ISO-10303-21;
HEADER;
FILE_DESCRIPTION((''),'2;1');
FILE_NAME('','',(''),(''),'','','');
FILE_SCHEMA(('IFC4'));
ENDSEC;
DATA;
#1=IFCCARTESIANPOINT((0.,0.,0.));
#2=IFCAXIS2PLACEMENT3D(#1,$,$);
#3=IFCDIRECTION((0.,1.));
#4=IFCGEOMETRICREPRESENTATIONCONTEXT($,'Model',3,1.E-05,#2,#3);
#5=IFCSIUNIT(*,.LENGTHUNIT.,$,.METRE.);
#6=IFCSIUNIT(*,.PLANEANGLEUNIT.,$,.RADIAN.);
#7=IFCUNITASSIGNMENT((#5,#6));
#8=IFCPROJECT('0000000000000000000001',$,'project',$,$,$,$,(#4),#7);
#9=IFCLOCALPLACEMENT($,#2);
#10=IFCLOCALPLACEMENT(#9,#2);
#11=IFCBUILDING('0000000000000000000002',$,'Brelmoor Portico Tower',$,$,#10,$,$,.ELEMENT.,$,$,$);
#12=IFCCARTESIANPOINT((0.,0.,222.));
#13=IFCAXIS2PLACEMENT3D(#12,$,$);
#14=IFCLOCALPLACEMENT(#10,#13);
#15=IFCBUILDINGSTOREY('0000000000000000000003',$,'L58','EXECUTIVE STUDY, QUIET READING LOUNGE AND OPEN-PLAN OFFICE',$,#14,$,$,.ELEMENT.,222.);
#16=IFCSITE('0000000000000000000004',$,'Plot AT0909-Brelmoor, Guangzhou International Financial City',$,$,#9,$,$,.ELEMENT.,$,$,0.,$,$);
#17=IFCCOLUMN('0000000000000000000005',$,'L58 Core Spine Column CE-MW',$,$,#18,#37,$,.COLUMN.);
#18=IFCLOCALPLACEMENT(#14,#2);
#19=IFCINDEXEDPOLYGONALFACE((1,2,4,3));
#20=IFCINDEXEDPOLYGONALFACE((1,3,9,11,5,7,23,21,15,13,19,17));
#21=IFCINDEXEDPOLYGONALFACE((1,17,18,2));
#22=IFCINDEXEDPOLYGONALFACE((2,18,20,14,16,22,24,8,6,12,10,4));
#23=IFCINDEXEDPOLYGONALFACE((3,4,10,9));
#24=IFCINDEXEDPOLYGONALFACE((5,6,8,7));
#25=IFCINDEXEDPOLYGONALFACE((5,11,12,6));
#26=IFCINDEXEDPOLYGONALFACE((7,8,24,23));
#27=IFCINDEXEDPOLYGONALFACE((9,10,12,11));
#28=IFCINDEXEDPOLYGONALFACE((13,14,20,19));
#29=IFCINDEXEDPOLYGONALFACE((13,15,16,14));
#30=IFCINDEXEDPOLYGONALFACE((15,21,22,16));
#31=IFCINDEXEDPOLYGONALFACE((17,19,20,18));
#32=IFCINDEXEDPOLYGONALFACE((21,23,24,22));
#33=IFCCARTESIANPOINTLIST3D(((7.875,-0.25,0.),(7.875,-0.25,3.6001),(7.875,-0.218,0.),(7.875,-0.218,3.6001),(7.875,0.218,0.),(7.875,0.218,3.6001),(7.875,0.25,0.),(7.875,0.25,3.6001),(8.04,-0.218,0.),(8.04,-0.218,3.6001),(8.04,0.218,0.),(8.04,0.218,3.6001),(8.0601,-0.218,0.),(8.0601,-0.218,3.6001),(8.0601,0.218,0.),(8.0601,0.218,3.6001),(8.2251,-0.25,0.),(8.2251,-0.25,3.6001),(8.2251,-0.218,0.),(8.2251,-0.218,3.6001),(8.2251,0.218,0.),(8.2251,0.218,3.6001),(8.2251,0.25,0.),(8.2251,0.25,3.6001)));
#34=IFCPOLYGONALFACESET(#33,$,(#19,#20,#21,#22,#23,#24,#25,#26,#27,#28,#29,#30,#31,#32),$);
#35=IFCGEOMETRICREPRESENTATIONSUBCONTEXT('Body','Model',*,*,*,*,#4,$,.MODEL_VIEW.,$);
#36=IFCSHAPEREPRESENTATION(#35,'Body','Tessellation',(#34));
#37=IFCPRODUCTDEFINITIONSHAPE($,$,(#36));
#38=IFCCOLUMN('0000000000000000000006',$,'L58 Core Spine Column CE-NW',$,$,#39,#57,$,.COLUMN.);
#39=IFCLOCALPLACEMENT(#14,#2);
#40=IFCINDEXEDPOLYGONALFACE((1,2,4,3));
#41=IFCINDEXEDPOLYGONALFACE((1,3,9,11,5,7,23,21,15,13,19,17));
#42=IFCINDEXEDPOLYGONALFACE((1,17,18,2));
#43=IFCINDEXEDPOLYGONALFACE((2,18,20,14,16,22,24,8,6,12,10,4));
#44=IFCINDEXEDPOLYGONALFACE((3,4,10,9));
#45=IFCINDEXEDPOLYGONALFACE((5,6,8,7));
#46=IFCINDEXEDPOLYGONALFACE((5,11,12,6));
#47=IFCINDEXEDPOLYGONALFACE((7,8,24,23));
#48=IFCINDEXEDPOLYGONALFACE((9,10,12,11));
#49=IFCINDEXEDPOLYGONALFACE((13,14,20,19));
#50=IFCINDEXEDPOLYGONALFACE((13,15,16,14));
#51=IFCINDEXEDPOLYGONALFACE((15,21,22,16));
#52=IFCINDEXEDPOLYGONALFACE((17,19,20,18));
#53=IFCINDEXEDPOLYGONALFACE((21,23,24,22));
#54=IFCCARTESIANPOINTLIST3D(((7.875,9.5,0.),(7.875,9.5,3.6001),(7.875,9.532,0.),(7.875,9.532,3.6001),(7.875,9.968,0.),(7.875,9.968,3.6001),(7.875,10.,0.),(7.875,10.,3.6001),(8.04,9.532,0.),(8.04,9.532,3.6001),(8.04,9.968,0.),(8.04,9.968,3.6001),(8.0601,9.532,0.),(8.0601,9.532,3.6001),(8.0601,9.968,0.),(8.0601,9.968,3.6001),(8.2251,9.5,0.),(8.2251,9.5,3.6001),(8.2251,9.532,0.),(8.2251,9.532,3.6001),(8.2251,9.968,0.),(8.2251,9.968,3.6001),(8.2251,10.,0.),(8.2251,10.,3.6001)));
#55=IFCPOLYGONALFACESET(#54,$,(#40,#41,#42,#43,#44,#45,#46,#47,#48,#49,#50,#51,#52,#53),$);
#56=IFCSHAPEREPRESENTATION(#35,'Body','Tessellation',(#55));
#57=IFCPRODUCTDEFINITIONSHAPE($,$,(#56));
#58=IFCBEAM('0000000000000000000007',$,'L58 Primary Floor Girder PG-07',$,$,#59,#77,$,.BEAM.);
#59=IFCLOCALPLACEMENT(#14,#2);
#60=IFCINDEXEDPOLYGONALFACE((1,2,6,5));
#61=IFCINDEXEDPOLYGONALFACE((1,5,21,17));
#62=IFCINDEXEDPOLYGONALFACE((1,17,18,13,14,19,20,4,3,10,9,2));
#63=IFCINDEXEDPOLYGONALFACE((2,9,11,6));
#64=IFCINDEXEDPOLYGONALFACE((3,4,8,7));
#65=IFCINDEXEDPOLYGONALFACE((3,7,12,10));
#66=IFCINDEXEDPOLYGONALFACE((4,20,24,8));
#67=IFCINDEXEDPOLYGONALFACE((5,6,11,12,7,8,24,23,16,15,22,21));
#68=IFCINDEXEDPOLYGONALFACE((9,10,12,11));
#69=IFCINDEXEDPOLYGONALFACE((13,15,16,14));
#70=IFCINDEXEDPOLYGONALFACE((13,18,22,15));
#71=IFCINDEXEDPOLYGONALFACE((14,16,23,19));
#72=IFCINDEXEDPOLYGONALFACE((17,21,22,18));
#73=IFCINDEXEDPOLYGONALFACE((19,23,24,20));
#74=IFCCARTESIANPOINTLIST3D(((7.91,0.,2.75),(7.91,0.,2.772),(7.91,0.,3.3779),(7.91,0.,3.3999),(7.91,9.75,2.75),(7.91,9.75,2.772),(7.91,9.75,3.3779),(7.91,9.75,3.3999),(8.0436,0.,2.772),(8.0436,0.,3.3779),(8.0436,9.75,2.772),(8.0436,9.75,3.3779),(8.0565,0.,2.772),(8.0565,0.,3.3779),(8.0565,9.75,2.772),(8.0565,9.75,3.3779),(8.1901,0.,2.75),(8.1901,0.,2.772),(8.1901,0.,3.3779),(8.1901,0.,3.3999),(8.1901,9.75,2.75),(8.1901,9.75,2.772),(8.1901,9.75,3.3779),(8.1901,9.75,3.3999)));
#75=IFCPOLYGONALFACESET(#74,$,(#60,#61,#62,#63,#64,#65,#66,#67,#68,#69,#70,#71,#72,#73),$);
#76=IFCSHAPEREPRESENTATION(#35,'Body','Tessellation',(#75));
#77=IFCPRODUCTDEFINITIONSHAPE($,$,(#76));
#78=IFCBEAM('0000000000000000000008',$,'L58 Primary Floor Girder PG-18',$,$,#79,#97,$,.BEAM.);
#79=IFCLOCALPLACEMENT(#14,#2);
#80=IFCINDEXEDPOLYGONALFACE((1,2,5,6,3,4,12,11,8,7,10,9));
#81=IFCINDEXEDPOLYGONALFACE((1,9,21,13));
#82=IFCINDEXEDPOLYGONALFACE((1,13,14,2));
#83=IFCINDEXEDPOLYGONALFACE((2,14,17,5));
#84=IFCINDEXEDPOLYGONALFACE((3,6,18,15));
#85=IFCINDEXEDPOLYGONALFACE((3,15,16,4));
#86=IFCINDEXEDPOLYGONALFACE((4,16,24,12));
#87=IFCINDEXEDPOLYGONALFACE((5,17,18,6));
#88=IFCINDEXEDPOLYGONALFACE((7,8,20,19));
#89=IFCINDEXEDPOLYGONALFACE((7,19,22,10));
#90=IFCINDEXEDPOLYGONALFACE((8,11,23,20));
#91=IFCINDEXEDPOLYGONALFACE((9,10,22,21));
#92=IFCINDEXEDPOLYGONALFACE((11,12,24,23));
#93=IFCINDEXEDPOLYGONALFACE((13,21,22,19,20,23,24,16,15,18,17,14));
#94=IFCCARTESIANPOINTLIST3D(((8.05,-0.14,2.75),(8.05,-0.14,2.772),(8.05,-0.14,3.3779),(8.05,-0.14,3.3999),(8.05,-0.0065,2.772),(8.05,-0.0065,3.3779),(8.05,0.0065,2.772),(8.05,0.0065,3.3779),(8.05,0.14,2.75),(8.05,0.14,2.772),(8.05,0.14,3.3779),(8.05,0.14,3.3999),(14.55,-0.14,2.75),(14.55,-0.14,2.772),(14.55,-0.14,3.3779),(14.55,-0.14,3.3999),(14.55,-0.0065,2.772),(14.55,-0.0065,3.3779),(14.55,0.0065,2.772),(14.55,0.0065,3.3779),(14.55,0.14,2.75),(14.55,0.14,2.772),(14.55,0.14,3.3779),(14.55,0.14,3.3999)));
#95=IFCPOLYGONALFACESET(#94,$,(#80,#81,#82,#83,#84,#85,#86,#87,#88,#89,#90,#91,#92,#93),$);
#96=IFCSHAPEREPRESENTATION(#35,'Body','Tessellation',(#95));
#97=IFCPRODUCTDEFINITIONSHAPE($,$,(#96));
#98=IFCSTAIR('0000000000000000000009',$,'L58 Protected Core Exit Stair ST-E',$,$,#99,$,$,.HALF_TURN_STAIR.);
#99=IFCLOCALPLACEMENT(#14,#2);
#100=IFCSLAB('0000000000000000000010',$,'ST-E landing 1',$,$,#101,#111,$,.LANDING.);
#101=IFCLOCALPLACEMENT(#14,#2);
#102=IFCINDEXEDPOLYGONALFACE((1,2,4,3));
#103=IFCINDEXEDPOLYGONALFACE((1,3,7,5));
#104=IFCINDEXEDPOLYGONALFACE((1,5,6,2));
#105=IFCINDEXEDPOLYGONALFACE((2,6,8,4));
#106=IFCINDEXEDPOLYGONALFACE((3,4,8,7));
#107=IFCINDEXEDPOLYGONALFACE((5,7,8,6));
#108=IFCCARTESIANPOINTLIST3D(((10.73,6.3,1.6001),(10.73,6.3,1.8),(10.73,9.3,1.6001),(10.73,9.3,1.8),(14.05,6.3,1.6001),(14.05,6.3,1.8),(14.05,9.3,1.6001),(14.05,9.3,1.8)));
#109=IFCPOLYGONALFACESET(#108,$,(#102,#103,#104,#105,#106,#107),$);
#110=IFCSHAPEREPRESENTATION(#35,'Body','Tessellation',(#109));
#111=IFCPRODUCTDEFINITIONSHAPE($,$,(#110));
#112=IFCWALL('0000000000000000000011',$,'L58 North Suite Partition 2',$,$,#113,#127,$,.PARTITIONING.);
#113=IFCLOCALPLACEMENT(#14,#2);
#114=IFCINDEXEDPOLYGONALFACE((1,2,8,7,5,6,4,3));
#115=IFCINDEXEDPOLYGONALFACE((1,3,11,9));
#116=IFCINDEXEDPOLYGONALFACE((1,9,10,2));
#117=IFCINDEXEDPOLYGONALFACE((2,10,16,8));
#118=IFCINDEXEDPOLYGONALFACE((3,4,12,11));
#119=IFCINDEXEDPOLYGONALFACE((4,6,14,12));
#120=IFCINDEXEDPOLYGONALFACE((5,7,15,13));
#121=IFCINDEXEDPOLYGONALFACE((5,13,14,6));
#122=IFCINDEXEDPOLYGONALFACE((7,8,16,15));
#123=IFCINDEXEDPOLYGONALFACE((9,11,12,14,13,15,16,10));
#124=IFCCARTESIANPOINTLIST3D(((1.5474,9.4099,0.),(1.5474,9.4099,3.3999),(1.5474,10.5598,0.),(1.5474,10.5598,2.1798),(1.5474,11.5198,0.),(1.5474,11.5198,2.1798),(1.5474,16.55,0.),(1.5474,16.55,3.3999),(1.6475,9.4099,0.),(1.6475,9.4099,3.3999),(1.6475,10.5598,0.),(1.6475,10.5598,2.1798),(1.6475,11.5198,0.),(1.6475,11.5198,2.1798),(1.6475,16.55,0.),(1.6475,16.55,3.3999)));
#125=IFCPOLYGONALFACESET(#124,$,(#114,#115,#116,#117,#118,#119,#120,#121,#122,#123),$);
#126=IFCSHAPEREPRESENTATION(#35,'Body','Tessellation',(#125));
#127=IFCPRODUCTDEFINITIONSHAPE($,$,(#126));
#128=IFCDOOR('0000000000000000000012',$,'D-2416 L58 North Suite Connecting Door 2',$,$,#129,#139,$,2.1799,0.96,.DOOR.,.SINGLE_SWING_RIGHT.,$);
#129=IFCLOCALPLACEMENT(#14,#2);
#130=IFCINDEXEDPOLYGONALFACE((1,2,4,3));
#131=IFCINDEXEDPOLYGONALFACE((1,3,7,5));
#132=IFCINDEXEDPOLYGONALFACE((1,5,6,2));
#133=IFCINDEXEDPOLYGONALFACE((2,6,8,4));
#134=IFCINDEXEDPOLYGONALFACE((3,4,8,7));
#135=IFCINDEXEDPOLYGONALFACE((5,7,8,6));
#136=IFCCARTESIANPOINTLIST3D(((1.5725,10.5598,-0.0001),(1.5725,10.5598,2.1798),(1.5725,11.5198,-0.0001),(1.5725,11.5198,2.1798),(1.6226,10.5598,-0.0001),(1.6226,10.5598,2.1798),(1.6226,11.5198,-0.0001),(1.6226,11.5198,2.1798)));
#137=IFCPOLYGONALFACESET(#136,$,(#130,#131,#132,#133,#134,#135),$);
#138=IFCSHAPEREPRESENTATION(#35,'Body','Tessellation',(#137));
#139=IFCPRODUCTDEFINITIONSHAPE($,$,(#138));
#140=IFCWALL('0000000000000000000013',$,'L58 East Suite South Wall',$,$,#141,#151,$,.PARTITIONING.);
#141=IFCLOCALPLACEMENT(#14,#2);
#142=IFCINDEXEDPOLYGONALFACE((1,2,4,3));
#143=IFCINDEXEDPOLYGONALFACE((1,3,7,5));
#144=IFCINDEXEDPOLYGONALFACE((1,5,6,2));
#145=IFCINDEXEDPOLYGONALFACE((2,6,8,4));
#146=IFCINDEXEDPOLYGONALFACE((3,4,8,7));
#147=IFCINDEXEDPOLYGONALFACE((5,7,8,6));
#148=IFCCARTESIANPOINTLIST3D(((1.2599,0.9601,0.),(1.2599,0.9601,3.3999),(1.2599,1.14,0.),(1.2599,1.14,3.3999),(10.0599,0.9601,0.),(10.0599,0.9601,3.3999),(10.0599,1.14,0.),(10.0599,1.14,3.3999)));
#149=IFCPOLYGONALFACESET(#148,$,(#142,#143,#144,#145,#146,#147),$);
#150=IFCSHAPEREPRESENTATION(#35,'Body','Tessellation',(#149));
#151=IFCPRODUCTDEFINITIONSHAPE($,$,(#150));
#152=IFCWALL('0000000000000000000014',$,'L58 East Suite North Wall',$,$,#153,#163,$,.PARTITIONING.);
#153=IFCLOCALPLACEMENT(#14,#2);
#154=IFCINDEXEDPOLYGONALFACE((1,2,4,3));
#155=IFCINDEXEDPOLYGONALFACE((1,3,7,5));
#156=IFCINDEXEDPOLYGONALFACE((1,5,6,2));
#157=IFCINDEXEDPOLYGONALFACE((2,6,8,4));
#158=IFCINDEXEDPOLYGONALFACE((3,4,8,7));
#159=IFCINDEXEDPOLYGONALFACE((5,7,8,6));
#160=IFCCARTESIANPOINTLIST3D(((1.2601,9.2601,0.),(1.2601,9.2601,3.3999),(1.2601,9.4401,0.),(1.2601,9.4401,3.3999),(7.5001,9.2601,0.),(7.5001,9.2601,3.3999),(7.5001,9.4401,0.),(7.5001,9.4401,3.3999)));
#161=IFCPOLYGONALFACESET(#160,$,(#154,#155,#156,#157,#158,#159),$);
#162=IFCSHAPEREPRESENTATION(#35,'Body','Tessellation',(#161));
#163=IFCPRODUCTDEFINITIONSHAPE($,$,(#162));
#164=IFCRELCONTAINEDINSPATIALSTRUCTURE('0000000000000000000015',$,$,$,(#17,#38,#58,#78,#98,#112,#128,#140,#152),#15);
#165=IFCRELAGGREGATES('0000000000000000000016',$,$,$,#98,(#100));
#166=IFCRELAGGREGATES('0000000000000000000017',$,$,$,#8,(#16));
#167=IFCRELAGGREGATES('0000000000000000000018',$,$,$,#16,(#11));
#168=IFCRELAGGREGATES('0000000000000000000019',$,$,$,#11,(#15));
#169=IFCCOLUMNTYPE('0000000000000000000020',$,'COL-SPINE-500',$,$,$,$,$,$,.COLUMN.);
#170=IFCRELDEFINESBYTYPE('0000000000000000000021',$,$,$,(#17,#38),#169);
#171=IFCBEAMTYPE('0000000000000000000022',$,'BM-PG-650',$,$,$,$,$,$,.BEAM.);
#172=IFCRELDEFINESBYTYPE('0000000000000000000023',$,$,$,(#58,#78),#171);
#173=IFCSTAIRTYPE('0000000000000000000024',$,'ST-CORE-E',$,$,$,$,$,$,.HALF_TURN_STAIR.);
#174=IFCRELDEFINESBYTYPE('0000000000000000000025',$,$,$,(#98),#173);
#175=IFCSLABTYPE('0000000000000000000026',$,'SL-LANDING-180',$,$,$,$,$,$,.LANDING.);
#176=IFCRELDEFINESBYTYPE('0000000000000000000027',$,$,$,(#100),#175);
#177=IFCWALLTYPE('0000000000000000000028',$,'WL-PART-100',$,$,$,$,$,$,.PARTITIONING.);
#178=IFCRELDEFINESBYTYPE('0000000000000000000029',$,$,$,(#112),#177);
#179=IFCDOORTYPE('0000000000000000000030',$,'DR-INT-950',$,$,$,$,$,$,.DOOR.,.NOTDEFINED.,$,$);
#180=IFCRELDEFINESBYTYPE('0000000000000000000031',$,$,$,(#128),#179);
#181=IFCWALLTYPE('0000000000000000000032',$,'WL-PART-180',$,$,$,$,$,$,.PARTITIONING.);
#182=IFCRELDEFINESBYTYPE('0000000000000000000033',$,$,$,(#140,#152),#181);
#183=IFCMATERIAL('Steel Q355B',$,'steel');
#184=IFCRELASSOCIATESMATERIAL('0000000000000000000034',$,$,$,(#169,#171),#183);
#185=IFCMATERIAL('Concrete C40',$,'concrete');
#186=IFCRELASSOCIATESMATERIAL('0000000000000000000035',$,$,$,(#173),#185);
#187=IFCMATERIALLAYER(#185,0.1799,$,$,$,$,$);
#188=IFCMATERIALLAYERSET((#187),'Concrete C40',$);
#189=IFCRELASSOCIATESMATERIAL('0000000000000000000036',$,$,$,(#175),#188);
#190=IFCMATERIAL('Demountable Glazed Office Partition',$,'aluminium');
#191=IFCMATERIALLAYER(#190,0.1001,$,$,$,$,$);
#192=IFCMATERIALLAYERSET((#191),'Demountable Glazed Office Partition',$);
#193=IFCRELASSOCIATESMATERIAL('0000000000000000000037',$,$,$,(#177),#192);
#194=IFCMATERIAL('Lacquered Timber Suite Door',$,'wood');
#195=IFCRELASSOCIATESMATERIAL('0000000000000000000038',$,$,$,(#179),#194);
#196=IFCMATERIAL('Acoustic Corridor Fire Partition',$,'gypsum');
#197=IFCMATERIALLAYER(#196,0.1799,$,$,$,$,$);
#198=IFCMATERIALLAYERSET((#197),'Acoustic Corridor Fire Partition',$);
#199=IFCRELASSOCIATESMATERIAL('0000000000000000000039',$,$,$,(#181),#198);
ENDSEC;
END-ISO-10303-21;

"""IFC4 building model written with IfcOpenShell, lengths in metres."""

from ifc_helpers import new_model, si_unit, direction, frame, frame_2d, origin, origin_2d, place, context, subcontext, project, spatial, polyline, rectangle, i_section, outline, extrude, material, layer, layer_set, material_profile, profile_set, type_object, element, fill, aggregate, save


model = new_model("IFC4")

# Units and contexts
model_context = context("Model", 3, precision=1e-05, world=origin(), true_north=direction((0.0, 1.0)))
body_context = subcontext(model_context, "Body", "Model", "MODEL_VIEW")
ifc_project = project(units=[si_unit("LENGTHUNIT", "METRE"), si_unit("PLANEANGLEUNIT", "RADIAN")], contexts=[model_context])

# Site, building, storey
site_placement = place(None, origin())
site = spatial("IfcSite", under=ifc_project, at=site_placement, Name="Plot AT0909-Brelmoor, Guangzhou International Financial City", CompositionType="ELEMENT", RefElevation=0.0)
building_placement = place(site_placement, origin())
building = spatial("IfcBuilding", under=site, at=building_placement, Name="Brelmoor Portico Tower", CompositionType="ELEMENT")
storey_placement = place(building_placement, frame((0.0, 0.0, 222.0)))
storey = spatial("IfcBuildingStorey", under=building, at=storey_placement, Name="L58", Description="EXECUTIVE STUDY, QUIET READING LOUNGE AND OPEN-PLAN OFFICE", CompositionType="ELEMENT", Elevation=222.0)

# Columns
ifc_material_1 = material(Name="Steel Q355B", Category="steel")
ifc_material_profile_1 = material_profile(ifc_material_1, i_section(OverallWidth=0.3501, OverallDepth=0.5, WebThickness=0.02, FlangeThickness=0.032, at=origin_2d()), Name="HW 500x350x20x32")
ifc_profile_set_1 = profile_set([ifc_material_profile_1], Name="Steel Q355B")
column_type = type_object("IfcColumnType", Name="COL-SPINE-500", PredefinedType="COLUMN", material=ifc_profile_set_1)
for number, where, z_axis, x_axis, name in (
    (1, (8.05, 0.0, 0.0), (0.0, 0.0, 1.0), (1.0, 0.0, 0.0), "L58 Core Spine Column CE-MW"),
    (2, (8.05, 9.75, 0.0), (0.0, 0.0, 1.0), (1.0, 0.0, 0.0), "L58 Core Spine Column CE-NW"),
):
    element("IfcColumn", number, at=place(storey_placement, frame(where, z_axis=z_axis, x_axis=x_axis)), inside=storey, type_object=column_type, Name=name, PredefinedType="COLUMN", context=body_context, shape_type="SweptSolid", body=[
        extrude(i_section(OverallWidth=0.3501, OverallDepth=0.5, WebThickness=0.02, FlangeThickness=0.032, at=origin_2d()), origin(), (0.0, 0.0, 1.0), 3.6001),
    ])

# Beams
ifc_material_profile_2 = material_profile(ifc_material_1, i_section(OverallWidth=0.28, OverallDepth=0.6499, WebThickness=0.0129, FlangeThickness=0.022, at=origin_2d()), Name="HN 650x280x13x22")
ifc_profile_set_2 = profile_set([ifc_material_profile_2], Name="Steel Q355B")
beam_type = type_object("IfcBeamType", Name="BM-PG-650", PredefinedType="BEAM", material=ifc_profile_set_2)
beam_1_placement = place(storey_placement, frame((8.05, 0.0, 3.075), z_axis=(0.0, 1.0, 0.0), x_axis=(-1.0, 0.0, 0.0)))
element("IfcBeam", 3, at=beam_1_placement, inside=storey, type_object=beam_type, Name="L58 Primary Floor Girder PG-07", PredefinedType="BEAM", context=body_context, shape_type="SweptSolid", body=[
    extrude(i_section(OverallWidth=0.28, OverallDepth=0.6499, WebThickness=0.0129, FlangeThickness=0.022, at=origin_2d()), origin(), (0.0, 0.0, 1.0), 9.75),
])
beam_2_placement = place(storey_placement, frame((8.05, 0.0, 3.075), z_axis=(1.0, 0.0, 0.0), x_axis=(0.0, 1.0, 0.0)))
element("IfcBeam", 4, at=beam_2_placement, inside=storey, type_object=beam_type, Name="L58 Primary Floor Girder PG-18", PredefinedType="BEAM", context=body_context, shape_type="SweptSolid", body=[
    extrude(i_section(OverallWidth=0.28, OverallDepth=0.6499, WebThickness=0.0129, FlangeThickness=0.022, at=origin_2d()), origin(), (0.0, 0.0, 1.0), 6.5),
])

# Stair, slab
ifc_material_2 = material(Name="Concrete C40", Category="concrete")
stair_type = type_object("IfcStairType", Name="ST-CORE-E", PredefinedType="HALF_TURN_STAIR", material=ifc_material_2)
stair_placement = place(storey_placement, origin())
stair = element("IfcStair", 5, at=stair_placement, inside=storey, type_object=stair_type, Name="L58 Protected Core Exit Stair ST-E", PredefinedType="HALF_TURN_STAIR")
ifc_layer_1 = layer(ifc_material_2, 0.1799)
ifc_layer_set_1 = layer_set([ifc_layer_1], Name="Concrete C40")
slab_type = type_object("IfcSlabType", Name="SL-LANDING-180", PredefinedType="LANDING", material=ifc_layer_set_1)
slab_placement = place(storey_placement, frame((0.0, 0.0, 1.6001)))
slab = element("IfcSlab", 6, at=slab_placement, type_object=slab_type, Name="ST-E landing 1", PredefinedType="LANDING", context=body_context, shape_type="SweptSolid", body=[
    extrude(outline(polyline([(14.05, 6.3), (14.05, 9.3), (10.73, 9.3), (10.73, 6.3), (14.05, 6.3)])), origin(), (0.0, 0.0, 1.0), 0.2),
])

# Wall, opening, door
ifc_material_3 = material(Name="Demountable Glazed Office Partition", Category="aluminium")
ifc_layer_2 = layer(ifc_material_3, 0.1001)
ifc_layer_set_2 = layer_set([ifc_layer_2], Name="Demountable Glazed Office Partition")
wall_type_1 = type_object("IfcWallType", Name="WL-PART-100", PredefinedType="PARTITIONING", material=ifc_layer_set_2)
wall_1_placement = place(storey_placement, frame((1.5974, 9.4099, 0.0), z_axis=(0.0, 0.0, 1.0), x_axis=(0.0, 1.0, 0.0)))
wall_1 = element("IfcWall", 7, at=wall_1_placement, inside=storey, type_object=wall_type_1, Name="L58 North Suite Partition 2", PredefinedType="PARTITIONING", context=body_context, shape_type="SweptSolid", body=[
    extrude(rectangle(XDim=7.1401, YDim=0.1001, at=frame_2d((3.5701, 0.0))), origin(), (0.0, 0.0, 1.0), 3.3999),
])
opening_1_placement = place(wall_1_placement, frame((1.1499, 0.0, 0.0)))
opening_1 = element("IfcOpeningElement", 8, at=opening_1_placement, cuts=wall_1, PredefinedType="OPENING", context=body_context, shape_type="SweptSolid", body=[
    extrude(rectangle(XDim=0.96, YDim=2.1799, at=frame_2d((0.48, 1.0898))), frame((0.0, 0.0601, 0.0), z_axis=(0.0, -1.0, 0.0), x_axis=(1.0, 0.0, 0.0)), (0.0, 0.0, 1.0), 0.1201),
])
ifc_material_4 = material(Name="Lacquered Timber Suite Door", Category="wood")
door_type_1 = type_object("IfcDoorType", Name="DR-INT-950", OperationType="NOTDEFINED", PredefinedType="DOOR", material=ifc_material_4)
door_1_placement = place(opening_1_placement, origin())
door_1 = element("IfcDoor", 9, at=door_1_placement, inside=storey, type_object=door_type_1, Name="D-2416 L58 North Suite Connecting Door 2", OperationType="SINGLE_SWING_RIGHT", OverallHeight=2.1799, OverallWidth=0.96, PredefinedType="DOOR", context=body_context, shape_type="SweptSolid", body=[
    extrude(rectangle(XDim=0.96, YDim=2.1799, at=frame_2d((0.48, 1.0898))), frame((0.0, 0.0249, 0.0), z_axis=(0.0, -1.0, 0.0), x_axis=(1.0, 0.0, 0.0)), (0.0, 0.0, 1.0), 0.05),
])
fill(opening_1, door_1)

# Walls
ifc_material_5 = material(Name="Acoustic Corridor Fire Partition", Category="gypsum")
ifc_layer_3 = layer(ifc_material_5, 0.1799)
ifc_layer_set_3 = layer_set([ifc_layer_3], Name="Acoustic Corridor Fire Partition")
wall_type_2 = type_object("IfcWallType", Name="WL-PART-180", PredefinedType="PARTITIONING", material=ifc_layer_set_3)
wall_2_placement = place(storey_placement, frame((1.26, 1.05, 0.0), z_axis=(0.0, 0.0, 1.0), x_axis=(1.0, 0.0, 0.0)))
element("IfcWall", 10, at=wall_2_placement, inside=storey, type_object=wall_type_2, Name="L58 East Suite South Wall", PredefinedType="PARTITIONING", context=body_context, shape_type="SweptSolid", body=[
    extrude(rectangle(XDim=8.8, YDim=0.1799, at=frame_2d((4.3999, 0.0))), origin(), (0.0, 0.0, 1.0), 3.3999),
])
wall_3_placement = place(storey_placement, frame((1.26, 9.3501, 0.0), z_axis=(0.0, 0.0, 1.0), x_axis=(1.0, 0.0, 0.0)))
element("IfcWall", 11, at=wall_3_placement, inside=storey, type_object=wall_type_2, Name="L58 East Suite North Wall", PredefinedType="PARTITIONING", context=body_context, shape_type="SweptSolid", body=[
    extrude(rectangle(XDim=6.24, YDim=0.1799, at=frame_2d((3.1201, 0.0))), origin(), (0.0, 0.0, 1.0), 3.3999),
])

aggregate(stair, [slab])

save(model, "model.ifc")
